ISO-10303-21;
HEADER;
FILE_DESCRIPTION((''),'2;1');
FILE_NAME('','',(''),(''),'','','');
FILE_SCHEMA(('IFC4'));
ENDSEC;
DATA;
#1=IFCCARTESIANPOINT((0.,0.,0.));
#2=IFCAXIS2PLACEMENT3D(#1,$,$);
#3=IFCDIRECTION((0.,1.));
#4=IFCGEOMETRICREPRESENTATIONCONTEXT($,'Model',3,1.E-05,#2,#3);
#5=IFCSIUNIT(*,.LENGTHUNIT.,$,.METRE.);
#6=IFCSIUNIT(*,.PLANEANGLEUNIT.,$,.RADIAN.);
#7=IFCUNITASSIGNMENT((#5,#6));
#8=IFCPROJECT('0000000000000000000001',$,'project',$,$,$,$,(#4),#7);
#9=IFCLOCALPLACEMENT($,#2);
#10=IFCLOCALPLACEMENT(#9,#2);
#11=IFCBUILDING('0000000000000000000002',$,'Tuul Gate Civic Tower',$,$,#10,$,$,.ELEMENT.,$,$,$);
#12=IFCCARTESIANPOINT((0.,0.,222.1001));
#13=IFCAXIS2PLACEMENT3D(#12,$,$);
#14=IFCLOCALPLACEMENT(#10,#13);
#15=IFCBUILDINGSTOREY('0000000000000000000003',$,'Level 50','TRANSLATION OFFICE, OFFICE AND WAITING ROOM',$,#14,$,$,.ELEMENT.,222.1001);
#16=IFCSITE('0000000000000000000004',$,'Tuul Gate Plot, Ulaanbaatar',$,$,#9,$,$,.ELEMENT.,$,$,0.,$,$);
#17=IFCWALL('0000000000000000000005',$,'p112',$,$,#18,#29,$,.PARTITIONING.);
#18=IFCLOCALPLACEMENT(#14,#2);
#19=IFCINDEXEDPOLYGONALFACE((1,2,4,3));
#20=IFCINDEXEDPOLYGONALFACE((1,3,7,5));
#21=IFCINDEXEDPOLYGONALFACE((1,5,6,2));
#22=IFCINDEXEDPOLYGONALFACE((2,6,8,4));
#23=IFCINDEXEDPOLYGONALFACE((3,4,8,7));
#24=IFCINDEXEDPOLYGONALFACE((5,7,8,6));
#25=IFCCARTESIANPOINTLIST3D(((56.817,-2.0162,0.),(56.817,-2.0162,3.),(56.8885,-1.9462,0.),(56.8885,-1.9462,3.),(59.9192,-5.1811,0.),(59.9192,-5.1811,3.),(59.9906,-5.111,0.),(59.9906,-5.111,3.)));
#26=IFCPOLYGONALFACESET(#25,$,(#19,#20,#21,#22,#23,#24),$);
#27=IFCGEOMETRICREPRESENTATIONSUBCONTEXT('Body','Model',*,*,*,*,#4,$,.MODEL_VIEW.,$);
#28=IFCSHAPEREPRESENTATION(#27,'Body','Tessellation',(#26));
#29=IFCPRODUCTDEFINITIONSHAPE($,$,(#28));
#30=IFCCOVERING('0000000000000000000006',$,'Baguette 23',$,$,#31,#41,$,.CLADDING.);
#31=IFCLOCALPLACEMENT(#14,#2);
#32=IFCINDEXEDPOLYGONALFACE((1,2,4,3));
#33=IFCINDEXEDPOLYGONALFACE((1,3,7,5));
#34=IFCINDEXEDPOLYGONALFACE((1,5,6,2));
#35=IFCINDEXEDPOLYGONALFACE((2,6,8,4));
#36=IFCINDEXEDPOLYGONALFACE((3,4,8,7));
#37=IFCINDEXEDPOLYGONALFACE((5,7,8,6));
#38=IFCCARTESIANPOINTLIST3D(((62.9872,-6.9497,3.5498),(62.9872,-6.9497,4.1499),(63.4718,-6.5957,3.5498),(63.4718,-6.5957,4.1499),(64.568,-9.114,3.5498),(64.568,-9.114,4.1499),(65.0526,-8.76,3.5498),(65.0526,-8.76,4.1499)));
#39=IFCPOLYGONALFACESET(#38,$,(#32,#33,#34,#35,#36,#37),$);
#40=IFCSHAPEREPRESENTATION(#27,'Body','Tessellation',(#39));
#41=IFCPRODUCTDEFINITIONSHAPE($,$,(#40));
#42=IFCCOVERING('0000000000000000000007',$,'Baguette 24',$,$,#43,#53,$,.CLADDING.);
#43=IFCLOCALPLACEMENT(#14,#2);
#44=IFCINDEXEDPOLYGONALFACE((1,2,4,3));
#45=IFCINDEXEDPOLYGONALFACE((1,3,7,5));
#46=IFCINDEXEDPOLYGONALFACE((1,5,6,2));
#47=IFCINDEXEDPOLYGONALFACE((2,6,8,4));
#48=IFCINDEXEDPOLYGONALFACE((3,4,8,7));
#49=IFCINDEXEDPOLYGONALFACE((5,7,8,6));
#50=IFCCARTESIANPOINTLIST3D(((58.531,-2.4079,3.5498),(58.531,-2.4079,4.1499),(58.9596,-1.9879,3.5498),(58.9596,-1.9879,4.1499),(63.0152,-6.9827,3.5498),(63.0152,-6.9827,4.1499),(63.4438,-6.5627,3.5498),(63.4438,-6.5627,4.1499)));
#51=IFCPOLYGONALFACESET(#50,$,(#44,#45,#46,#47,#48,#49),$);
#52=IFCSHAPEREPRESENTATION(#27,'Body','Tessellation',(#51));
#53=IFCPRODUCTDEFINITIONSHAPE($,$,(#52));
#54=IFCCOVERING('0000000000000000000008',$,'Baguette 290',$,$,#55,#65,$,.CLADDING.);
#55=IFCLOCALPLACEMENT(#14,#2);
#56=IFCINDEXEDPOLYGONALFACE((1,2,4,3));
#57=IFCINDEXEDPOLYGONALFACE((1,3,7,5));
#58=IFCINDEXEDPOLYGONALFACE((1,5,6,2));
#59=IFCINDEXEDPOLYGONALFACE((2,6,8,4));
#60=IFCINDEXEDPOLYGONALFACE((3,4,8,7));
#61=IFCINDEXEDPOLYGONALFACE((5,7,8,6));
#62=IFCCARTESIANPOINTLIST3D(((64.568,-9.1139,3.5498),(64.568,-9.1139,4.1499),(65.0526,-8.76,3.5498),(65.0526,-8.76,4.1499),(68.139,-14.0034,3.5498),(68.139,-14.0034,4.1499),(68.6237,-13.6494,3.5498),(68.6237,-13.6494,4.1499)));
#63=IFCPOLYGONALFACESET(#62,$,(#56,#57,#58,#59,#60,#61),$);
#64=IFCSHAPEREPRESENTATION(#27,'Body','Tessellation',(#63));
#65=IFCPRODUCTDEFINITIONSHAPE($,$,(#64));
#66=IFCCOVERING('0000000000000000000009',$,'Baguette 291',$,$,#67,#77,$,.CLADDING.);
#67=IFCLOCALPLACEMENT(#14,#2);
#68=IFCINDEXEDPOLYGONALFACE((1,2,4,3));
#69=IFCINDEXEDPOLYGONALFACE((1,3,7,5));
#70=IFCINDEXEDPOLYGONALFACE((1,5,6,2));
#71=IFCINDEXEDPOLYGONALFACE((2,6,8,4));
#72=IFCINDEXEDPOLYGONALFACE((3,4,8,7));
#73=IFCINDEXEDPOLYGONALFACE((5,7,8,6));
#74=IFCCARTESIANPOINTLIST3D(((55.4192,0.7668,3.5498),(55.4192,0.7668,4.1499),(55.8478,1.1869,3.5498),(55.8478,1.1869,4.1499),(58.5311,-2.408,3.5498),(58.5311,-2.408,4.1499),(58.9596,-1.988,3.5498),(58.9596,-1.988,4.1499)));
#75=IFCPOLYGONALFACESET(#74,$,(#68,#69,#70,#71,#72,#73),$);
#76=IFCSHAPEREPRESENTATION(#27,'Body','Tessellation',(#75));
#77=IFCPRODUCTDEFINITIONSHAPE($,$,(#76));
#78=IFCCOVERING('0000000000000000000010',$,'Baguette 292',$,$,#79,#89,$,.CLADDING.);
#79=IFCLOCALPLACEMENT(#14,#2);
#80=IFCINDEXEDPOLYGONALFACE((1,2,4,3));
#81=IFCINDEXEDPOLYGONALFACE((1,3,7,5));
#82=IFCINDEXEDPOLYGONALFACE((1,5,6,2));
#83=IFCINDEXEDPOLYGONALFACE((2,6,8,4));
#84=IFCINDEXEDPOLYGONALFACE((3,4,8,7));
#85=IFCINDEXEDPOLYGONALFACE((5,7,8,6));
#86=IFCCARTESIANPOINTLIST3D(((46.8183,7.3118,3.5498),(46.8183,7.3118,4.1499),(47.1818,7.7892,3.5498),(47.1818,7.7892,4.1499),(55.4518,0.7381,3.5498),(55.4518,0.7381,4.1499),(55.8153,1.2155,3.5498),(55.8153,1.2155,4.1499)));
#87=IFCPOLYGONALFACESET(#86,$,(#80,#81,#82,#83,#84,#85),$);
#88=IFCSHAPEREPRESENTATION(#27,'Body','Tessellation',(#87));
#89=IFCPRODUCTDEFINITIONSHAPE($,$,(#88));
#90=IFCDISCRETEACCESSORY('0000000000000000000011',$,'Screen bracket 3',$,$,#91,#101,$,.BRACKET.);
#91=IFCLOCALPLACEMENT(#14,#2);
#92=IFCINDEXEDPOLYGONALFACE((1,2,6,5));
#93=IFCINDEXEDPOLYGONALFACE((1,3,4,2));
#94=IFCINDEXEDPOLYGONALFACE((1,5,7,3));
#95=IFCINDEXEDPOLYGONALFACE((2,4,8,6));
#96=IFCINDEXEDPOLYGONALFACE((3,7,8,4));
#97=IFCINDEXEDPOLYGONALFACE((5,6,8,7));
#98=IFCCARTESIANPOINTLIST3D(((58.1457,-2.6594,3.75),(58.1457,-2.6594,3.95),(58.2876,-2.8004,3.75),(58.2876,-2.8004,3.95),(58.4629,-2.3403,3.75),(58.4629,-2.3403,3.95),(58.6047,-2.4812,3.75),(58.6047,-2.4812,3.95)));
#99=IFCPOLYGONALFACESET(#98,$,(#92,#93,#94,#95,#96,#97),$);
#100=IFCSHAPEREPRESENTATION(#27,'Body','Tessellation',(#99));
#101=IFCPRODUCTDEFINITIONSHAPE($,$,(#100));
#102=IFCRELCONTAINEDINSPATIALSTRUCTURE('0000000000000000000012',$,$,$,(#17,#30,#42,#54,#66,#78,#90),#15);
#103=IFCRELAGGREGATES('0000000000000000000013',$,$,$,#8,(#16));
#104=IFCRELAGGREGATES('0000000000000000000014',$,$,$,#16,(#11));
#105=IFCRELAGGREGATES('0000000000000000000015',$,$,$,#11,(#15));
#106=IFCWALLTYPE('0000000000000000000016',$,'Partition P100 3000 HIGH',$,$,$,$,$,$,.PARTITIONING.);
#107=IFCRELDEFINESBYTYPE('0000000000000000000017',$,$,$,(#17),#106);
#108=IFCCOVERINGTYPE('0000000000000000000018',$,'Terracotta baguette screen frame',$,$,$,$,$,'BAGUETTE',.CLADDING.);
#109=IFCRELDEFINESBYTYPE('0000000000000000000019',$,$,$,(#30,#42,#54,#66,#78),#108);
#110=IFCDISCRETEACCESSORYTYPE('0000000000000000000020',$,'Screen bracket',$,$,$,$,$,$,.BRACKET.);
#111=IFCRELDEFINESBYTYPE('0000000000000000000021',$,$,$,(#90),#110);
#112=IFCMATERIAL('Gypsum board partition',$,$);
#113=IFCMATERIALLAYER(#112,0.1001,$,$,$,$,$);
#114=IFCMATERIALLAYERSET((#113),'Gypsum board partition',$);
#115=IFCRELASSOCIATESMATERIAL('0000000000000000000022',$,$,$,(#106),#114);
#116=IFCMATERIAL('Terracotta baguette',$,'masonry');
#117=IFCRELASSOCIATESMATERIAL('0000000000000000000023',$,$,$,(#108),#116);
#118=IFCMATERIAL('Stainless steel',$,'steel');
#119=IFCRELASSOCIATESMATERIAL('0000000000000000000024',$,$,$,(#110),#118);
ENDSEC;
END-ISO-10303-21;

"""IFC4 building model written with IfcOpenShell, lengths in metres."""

from ifc_helpers import new_model, si_unit, direction, frame, frame_2d, origin, origin_2d, place, context, subcontext, project, spatial, rectangle, extrude, material, layer, layer_set, material_profile, profile_set, type_object, element, save


model = new_model("IFC4")

# Units and contexts
model_context = context("Model", 3, precision=1e-05, world=origin(), true_north=direction((0.0, 1.0)))
body_context = subcontext(model_context, "Body", "Model", "MODEL_VIEW")
ifc_project = project(units=[si_unit("LENGTHUNIT", "METRE"), si_unit("PLANEANGLEUNIT", "RADIAN")], contexts=[model_context])

# Site, building, storey
site_placement = place(None, origin())
site = spatial("IfcSite", under=ifc_project, at=site_placement, Name="Tuul Gate Plot, Ulaanbaatar", CompositionType="ELEMENT", RefElevation=0.0)
building_placement = place(site_placement, origin())
building = spatial("IfcBuilding", under=site, at=building_placement, Name="Tuul Gate Civic Tower", CompositionType="ELEMENT")
storey_placement = place(building_placement, frame((0.0, 0.0, 222.1001)))
storey = spatial("IfcBuildingStorey", under=building, at=storey_placement, Name="Level 50", Description="TRANSLATION OFFICE, OFFICE AND WAITING ROOM", CompositionType="ELEMENT", Elevation=222.1001)

# Wall
ifc_material_1 = material(Name="Gypsum board partition")
ifc_layer_1 = layer(ifc_material_1, 0.1001)
ifc_layer_set_1 = layer_set([ifc_layer_1], Name="Gypsum board partition")
wall_type_1 = type_object("IfcWallType", Name="Partition P100 3000 HIGH", PredefinedType="PARTITIONING", material=ifc_layer_set_1)
wall_1_placement = place(storey_placement, frame((56.8528, -1.9812, 0.0), z_axis=(0.0, 0.0, 1.0), x_axis=(0.699992, -0.714151, 0.0)))
element("IfcWall", 1, at=wall_1_placement, inside=storey, type_object=wall_type_1, Name="p112", PredefinedType="PARTITIONING", context=body_context, shape_type="SweptSolid", body=[
    extrude(rectangle(XDim=4.4316, YDim=0.1001, at=frame_2d((2.2158, 0.0))), origin(), (0.0, 0.0, 1.0), 3.0),
])

# Coverings
ifc_material_2 = material(Name="Terracotta baguette", Category="masonry")
ifc_material_profile_1 = material_profile(ifc_material_2, rectangle(XDim=0.6001, YDim=0.6001, at=origin_2d()), Name="Terracotta baguette screen frame")
ifc_profile_set_1 = profile_set([ifc_material_profile_1], Name="Terracotta baguette")
covering_type = type_object("IfcCoveringType", Name="Terracotta baguette screen frame", ElementType="BAGUETTE", PredefinedType="CLADDING", material=ifc_profile_set_1)
covering_1_placement = place(storey_placement, frame((64.8103, -8.937, 3.8499), z_axis=(-0.589822, 0.807533, 0.0), x_axis=(-0.807533, -0.589822, 0.0)))
element("IfcCovering", 2, at=covering_1_placement, inside=storey, type_object=covering_type, Name="Baguette 23", PredefinedType="CLADDING", context=body_context, shape_type="SweptSolid", body=[
    extrude(rectangle(XDim=0.6001, YDim=0.6001, at=origin_2d()), origin(), (0.0, 0.0, 1.0), 2.6802),
])
covering_2_placement = place(storey_placement, frame((63.2295, -6.7727, 3.8499), z_axis=(-0.700002, 0.714141, 0.0), x_axis=(-0.714141, -0.700002, 0.0)))
element("IfcCovering", 3, at=covering_2_placement, inside=storey, type_object=covering_type, Name="Baguette 24", PredefinedType="CLADDING", context=body_context, shape_type="SweptSolid", body=[
    extrude(rectangle(XDim=0.6001, YDim=0.6001, at=origin_2d()), origin(), (0.0, 0.0, 1.0), 6.406),
])
covering_3_placement = place(storey_placement, frame((68.3813, -13.8264, 3.8499), z_axis=(-0.589803, 0.807547, 0.0), x_axis=(-0.807547, -0.589803, 0.0)))
element("IfcCovering", 4, at=covering_3_placement, inside=storey, type_object=covering_type, Name="Baguette 290", PredefinedType="CLADDING", context=body_context, shape_type="SweptSolid", body=[
    extrude(rectangle(XDim=0.6001, YDim=0.6001, at=origin_2d()), origin(), (0.0, 0.0, 1.0), 6.0547),
])
covering_4_placement = place(storey_placement, frame((58.7454, -2.198, 3.8499), z_axis=(-0.699987, 0.714156, 0.0), x_axis=(-0.714156, -0.699987, 0.0)))
element("IfcCovering", 5, at=covering_4_placement, inside=storey, type_object=covering_type, Name="Baguette 291", PredefinedType="CLADDING", context=body_context, shape_type="SweptSolid", body=[
    extrude(rectangle(XDim=0.6001, YDim=0.6001, at=origin_2d()), origin(), (0.0, 0.0, 1.0), 4.4456),
])
covering_5_placement = place(storey_placement, frame((55.6335, 0.9768, 3.8499), z_axis=(-0.795619, 0.605798, 0.0), x_axis=(-0.605798, -0.795619, 0.0)))
element("IfcCovering", 6, at=covering_5_placement, inside=storey, type_object=covering_type, Name="Baguette 292", PredefinedType="CLADDING", context=body_context, shape_type="SweptSolid", body=[
    extrude(rectangle(XDim=0.6001, YDim=0.6001, at=origin_2d()), origin(), (0.0, 0.0, 1.0), 10.8513),
])

# Discrete accessory
ifc_material_3 = material(Name="Stainless steel", Category="steel")
discrete_accessory_type = type_object("IfcDiscreteAccessoryType", Name="Screen bracket", PredefinedType="BRACKET", material=ifc_material_3)
discrete_accessory_placement = place(storey_placement, frame((58.3752, -2.5703, 3.75), z_axis=(0.0, 0.0, 1.0), x_axis=(0.704917, 0.70929, 0.0)))
element("IfcDiscreteAccessory", 7, at=discrete_accessory_placement, inside=storey, type_object=discrete_accessory_type, Name="Screen bracket 3", PredefinedType="BRACKET", context=body_context, shape_type="SweptSolid", body=[
    extrude(rectangle(XDim=0.45, YDim=0.2, at=origin_2d()), origin(), (0.0, 0.0, 1.0), 0.2),
])

save(model, "model.ifc")
